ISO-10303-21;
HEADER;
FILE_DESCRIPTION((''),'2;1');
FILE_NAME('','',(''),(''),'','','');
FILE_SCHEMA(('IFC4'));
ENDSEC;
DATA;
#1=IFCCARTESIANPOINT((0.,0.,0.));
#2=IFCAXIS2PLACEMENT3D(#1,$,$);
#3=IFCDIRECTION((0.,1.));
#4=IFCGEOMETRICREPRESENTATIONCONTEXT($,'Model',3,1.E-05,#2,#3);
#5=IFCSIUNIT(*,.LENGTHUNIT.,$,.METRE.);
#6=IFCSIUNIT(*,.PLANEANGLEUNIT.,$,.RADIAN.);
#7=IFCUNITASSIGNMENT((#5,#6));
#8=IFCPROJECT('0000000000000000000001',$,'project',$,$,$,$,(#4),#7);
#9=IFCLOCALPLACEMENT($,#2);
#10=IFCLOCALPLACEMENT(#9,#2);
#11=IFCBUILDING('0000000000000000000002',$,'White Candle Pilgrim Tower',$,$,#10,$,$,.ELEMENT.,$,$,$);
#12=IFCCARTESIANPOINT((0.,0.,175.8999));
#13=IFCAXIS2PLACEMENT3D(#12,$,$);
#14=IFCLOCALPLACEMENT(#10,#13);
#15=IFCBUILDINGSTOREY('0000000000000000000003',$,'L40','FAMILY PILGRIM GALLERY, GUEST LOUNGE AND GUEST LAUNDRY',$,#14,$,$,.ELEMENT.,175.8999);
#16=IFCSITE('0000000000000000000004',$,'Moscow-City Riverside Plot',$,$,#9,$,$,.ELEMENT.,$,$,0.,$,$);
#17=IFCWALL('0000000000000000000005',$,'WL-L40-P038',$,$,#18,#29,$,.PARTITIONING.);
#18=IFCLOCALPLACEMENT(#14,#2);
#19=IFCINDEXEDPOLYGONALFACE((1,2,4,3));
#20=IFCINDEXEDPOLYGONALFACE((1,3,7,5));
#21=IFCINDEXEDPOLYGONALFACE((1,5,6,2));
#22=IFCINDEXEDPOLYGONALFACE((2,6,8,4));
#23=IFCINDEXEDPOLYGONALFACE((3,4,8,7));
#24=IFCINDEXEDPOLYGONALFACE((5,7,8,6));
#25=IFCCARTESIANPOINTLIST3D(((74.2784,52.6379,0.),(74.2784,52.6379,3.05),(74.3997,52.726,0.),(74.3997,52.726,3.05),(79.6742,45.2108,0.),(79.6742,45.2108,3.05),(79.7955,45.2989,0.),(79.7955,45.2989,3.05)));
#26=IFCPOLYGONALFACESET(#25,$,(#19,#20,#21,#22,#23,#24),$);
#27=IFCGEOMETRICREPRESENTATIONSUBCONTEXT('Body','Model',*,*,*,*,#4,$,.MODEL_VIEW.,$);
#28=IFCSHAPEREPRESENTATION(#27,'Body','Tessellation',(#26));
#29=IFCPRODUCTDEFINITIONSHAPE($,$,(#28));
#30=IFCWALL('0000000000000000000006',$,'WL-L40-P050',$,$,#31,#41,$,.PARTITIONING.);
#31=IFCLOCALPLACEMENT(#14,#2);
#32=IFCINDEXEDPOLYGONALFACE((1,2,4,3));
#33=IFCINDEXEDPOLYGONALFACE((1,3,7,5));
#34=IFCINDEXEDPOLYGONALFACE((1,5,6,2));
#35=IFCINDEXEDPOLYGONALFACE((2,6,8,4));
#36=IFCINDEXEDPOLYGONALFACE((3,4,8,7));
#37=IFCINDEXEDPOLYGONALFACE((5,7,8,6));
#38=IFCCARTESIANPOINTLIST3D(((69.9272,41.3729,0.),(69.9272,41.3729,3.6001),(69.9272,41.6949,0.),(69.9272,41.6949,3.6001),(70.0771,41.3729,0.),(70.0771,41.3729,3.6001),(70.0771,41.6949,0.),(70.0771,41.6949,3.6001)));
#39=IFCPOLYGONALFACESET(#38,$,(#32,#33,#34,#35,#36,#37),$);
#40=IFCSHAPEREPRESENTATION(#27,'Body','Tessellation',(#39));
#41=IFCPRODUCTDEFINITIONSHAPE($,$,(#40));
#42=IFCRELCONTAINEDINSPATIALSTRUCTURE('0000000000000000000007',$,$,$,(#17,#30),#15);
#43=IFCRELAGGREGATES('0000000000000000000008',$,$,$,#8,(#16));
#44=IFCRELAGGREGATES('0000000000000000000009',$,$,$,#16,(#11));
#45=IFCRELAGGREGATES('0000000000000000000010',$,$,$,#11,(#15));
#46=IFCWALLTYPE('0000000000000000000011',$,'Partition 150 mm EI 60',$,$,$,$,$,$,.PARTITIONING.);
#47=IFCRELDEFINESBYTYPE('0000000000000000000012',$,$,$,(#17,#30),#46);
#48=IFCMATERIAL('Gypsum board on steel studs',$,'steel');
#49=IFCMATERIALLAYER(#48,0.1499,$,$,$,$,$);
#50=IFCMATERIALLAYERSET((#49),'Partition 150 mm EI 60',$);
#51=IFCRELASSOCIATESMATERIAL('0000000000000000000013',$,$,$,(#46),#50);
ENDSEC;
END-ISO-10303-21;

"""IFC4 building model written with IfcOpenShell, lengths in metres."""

from ifc_helpers import new_model, si_unit, direction, frame, frame_2d, origin, place, context, subcontext, project, spatial, rectangle, extrude, material, layer, layer_set, type_object, element, save


model = new_model("IFC4")

# Units and contexts
model_context = context("Model", 3, precision=1e-05, world=origin(), true_north=direction((0.0, 1.0)))
body_context = subcontext(model_context, "Body", "Model", "MODEL_VIEW")
ifc_project = project(units=[si_unit("LENGTHUNIT", "METRE"), si_unit("PLANEANGLEUNIT", "RADIAN")], contexts=[model_context])

# Site, building, storey
site_placement = place(None, origin())
site = spatial("IfcSite", under=ifc_project, at=site_placement, Name="Moscow-City Riverside Plot", CompositionType="ELEMENT", RefElevation=0.0)
building_placement = place(site_placement, origin())
building = spatial("IfcBuilding", under=site, at=building_placement, Name="White Candle Pilgrim Tower", CompositionType="ELEMENT")
storey_placement = place(building_placement, frame((0.0, 0.0, 175.8999)))
storey = spatial("IfcBuildingStorey", under=building, at=storey_placement, Name="L40", Description="FAMILY PILGRIM GALLERY, GUEST LOUNGE AND GUEST LAUNDRY", CompositionType="ELEMENT", Elevation=175.8999)

# Shared definitions
ifc_material_1 = material(Name="Gypsum board on steel studs", Category="steel")

# Walls
ifc_layer_1 = layer(ifc_material_1, 0.1499)
ifc_layer_set_1 = layer_set([ifc_layer_1], Name="Partition 150 mm EI 60")
wall_type_1 = type_object("IfcWallType", Name="Partition 150 mm EI 60", PredefinedType="PARTITIONING", material=ifc_layer_set_1)
wall_1_placement = place(storey_placement, frame((79.7349, 45.2549, 0.0), z_axis=(0.0, 0.0, 1.0), x_axis=(-0.587765, 0.809032, 0.0)))
element("IfcWall", 1, at=wall_1_placement, inside=storey, type_object=wall_type_1, Name="WL-L40-P038", PredefinedType="PARTITIONING", context=body_context, shape_type="SweptSolid", body=[
    extrude(rectangle(XDim=9.1802, YDim=0.1499, at=frame_2d((4.5901, 0.0))), origin(), (0.0, 0.0, 1.0), 3.05),
])
wall_2_placement = place(storey_placement, frame((70.0022, 41.6951, 0.0), z_axis=(0.0, 0.0, 1.0), x_axis=(0.0, -1.0, 0.0)))
element("IfcWall", 2, at=wall_2_placement, inside=storey, type_object=wall_type_1, Name="WL-L40-P050", PredefinedType="PARTITIONING", context=body_context, shape_type="SweptSolid", body=[
    extrude(rectangle(XDim=0.322, YDim=0.1499, at=frame_2d((0.1611, 0.0))), origin(), (0.0, 0.0, 1.0), 3.6001),
])

save(model, "model.ifc")
